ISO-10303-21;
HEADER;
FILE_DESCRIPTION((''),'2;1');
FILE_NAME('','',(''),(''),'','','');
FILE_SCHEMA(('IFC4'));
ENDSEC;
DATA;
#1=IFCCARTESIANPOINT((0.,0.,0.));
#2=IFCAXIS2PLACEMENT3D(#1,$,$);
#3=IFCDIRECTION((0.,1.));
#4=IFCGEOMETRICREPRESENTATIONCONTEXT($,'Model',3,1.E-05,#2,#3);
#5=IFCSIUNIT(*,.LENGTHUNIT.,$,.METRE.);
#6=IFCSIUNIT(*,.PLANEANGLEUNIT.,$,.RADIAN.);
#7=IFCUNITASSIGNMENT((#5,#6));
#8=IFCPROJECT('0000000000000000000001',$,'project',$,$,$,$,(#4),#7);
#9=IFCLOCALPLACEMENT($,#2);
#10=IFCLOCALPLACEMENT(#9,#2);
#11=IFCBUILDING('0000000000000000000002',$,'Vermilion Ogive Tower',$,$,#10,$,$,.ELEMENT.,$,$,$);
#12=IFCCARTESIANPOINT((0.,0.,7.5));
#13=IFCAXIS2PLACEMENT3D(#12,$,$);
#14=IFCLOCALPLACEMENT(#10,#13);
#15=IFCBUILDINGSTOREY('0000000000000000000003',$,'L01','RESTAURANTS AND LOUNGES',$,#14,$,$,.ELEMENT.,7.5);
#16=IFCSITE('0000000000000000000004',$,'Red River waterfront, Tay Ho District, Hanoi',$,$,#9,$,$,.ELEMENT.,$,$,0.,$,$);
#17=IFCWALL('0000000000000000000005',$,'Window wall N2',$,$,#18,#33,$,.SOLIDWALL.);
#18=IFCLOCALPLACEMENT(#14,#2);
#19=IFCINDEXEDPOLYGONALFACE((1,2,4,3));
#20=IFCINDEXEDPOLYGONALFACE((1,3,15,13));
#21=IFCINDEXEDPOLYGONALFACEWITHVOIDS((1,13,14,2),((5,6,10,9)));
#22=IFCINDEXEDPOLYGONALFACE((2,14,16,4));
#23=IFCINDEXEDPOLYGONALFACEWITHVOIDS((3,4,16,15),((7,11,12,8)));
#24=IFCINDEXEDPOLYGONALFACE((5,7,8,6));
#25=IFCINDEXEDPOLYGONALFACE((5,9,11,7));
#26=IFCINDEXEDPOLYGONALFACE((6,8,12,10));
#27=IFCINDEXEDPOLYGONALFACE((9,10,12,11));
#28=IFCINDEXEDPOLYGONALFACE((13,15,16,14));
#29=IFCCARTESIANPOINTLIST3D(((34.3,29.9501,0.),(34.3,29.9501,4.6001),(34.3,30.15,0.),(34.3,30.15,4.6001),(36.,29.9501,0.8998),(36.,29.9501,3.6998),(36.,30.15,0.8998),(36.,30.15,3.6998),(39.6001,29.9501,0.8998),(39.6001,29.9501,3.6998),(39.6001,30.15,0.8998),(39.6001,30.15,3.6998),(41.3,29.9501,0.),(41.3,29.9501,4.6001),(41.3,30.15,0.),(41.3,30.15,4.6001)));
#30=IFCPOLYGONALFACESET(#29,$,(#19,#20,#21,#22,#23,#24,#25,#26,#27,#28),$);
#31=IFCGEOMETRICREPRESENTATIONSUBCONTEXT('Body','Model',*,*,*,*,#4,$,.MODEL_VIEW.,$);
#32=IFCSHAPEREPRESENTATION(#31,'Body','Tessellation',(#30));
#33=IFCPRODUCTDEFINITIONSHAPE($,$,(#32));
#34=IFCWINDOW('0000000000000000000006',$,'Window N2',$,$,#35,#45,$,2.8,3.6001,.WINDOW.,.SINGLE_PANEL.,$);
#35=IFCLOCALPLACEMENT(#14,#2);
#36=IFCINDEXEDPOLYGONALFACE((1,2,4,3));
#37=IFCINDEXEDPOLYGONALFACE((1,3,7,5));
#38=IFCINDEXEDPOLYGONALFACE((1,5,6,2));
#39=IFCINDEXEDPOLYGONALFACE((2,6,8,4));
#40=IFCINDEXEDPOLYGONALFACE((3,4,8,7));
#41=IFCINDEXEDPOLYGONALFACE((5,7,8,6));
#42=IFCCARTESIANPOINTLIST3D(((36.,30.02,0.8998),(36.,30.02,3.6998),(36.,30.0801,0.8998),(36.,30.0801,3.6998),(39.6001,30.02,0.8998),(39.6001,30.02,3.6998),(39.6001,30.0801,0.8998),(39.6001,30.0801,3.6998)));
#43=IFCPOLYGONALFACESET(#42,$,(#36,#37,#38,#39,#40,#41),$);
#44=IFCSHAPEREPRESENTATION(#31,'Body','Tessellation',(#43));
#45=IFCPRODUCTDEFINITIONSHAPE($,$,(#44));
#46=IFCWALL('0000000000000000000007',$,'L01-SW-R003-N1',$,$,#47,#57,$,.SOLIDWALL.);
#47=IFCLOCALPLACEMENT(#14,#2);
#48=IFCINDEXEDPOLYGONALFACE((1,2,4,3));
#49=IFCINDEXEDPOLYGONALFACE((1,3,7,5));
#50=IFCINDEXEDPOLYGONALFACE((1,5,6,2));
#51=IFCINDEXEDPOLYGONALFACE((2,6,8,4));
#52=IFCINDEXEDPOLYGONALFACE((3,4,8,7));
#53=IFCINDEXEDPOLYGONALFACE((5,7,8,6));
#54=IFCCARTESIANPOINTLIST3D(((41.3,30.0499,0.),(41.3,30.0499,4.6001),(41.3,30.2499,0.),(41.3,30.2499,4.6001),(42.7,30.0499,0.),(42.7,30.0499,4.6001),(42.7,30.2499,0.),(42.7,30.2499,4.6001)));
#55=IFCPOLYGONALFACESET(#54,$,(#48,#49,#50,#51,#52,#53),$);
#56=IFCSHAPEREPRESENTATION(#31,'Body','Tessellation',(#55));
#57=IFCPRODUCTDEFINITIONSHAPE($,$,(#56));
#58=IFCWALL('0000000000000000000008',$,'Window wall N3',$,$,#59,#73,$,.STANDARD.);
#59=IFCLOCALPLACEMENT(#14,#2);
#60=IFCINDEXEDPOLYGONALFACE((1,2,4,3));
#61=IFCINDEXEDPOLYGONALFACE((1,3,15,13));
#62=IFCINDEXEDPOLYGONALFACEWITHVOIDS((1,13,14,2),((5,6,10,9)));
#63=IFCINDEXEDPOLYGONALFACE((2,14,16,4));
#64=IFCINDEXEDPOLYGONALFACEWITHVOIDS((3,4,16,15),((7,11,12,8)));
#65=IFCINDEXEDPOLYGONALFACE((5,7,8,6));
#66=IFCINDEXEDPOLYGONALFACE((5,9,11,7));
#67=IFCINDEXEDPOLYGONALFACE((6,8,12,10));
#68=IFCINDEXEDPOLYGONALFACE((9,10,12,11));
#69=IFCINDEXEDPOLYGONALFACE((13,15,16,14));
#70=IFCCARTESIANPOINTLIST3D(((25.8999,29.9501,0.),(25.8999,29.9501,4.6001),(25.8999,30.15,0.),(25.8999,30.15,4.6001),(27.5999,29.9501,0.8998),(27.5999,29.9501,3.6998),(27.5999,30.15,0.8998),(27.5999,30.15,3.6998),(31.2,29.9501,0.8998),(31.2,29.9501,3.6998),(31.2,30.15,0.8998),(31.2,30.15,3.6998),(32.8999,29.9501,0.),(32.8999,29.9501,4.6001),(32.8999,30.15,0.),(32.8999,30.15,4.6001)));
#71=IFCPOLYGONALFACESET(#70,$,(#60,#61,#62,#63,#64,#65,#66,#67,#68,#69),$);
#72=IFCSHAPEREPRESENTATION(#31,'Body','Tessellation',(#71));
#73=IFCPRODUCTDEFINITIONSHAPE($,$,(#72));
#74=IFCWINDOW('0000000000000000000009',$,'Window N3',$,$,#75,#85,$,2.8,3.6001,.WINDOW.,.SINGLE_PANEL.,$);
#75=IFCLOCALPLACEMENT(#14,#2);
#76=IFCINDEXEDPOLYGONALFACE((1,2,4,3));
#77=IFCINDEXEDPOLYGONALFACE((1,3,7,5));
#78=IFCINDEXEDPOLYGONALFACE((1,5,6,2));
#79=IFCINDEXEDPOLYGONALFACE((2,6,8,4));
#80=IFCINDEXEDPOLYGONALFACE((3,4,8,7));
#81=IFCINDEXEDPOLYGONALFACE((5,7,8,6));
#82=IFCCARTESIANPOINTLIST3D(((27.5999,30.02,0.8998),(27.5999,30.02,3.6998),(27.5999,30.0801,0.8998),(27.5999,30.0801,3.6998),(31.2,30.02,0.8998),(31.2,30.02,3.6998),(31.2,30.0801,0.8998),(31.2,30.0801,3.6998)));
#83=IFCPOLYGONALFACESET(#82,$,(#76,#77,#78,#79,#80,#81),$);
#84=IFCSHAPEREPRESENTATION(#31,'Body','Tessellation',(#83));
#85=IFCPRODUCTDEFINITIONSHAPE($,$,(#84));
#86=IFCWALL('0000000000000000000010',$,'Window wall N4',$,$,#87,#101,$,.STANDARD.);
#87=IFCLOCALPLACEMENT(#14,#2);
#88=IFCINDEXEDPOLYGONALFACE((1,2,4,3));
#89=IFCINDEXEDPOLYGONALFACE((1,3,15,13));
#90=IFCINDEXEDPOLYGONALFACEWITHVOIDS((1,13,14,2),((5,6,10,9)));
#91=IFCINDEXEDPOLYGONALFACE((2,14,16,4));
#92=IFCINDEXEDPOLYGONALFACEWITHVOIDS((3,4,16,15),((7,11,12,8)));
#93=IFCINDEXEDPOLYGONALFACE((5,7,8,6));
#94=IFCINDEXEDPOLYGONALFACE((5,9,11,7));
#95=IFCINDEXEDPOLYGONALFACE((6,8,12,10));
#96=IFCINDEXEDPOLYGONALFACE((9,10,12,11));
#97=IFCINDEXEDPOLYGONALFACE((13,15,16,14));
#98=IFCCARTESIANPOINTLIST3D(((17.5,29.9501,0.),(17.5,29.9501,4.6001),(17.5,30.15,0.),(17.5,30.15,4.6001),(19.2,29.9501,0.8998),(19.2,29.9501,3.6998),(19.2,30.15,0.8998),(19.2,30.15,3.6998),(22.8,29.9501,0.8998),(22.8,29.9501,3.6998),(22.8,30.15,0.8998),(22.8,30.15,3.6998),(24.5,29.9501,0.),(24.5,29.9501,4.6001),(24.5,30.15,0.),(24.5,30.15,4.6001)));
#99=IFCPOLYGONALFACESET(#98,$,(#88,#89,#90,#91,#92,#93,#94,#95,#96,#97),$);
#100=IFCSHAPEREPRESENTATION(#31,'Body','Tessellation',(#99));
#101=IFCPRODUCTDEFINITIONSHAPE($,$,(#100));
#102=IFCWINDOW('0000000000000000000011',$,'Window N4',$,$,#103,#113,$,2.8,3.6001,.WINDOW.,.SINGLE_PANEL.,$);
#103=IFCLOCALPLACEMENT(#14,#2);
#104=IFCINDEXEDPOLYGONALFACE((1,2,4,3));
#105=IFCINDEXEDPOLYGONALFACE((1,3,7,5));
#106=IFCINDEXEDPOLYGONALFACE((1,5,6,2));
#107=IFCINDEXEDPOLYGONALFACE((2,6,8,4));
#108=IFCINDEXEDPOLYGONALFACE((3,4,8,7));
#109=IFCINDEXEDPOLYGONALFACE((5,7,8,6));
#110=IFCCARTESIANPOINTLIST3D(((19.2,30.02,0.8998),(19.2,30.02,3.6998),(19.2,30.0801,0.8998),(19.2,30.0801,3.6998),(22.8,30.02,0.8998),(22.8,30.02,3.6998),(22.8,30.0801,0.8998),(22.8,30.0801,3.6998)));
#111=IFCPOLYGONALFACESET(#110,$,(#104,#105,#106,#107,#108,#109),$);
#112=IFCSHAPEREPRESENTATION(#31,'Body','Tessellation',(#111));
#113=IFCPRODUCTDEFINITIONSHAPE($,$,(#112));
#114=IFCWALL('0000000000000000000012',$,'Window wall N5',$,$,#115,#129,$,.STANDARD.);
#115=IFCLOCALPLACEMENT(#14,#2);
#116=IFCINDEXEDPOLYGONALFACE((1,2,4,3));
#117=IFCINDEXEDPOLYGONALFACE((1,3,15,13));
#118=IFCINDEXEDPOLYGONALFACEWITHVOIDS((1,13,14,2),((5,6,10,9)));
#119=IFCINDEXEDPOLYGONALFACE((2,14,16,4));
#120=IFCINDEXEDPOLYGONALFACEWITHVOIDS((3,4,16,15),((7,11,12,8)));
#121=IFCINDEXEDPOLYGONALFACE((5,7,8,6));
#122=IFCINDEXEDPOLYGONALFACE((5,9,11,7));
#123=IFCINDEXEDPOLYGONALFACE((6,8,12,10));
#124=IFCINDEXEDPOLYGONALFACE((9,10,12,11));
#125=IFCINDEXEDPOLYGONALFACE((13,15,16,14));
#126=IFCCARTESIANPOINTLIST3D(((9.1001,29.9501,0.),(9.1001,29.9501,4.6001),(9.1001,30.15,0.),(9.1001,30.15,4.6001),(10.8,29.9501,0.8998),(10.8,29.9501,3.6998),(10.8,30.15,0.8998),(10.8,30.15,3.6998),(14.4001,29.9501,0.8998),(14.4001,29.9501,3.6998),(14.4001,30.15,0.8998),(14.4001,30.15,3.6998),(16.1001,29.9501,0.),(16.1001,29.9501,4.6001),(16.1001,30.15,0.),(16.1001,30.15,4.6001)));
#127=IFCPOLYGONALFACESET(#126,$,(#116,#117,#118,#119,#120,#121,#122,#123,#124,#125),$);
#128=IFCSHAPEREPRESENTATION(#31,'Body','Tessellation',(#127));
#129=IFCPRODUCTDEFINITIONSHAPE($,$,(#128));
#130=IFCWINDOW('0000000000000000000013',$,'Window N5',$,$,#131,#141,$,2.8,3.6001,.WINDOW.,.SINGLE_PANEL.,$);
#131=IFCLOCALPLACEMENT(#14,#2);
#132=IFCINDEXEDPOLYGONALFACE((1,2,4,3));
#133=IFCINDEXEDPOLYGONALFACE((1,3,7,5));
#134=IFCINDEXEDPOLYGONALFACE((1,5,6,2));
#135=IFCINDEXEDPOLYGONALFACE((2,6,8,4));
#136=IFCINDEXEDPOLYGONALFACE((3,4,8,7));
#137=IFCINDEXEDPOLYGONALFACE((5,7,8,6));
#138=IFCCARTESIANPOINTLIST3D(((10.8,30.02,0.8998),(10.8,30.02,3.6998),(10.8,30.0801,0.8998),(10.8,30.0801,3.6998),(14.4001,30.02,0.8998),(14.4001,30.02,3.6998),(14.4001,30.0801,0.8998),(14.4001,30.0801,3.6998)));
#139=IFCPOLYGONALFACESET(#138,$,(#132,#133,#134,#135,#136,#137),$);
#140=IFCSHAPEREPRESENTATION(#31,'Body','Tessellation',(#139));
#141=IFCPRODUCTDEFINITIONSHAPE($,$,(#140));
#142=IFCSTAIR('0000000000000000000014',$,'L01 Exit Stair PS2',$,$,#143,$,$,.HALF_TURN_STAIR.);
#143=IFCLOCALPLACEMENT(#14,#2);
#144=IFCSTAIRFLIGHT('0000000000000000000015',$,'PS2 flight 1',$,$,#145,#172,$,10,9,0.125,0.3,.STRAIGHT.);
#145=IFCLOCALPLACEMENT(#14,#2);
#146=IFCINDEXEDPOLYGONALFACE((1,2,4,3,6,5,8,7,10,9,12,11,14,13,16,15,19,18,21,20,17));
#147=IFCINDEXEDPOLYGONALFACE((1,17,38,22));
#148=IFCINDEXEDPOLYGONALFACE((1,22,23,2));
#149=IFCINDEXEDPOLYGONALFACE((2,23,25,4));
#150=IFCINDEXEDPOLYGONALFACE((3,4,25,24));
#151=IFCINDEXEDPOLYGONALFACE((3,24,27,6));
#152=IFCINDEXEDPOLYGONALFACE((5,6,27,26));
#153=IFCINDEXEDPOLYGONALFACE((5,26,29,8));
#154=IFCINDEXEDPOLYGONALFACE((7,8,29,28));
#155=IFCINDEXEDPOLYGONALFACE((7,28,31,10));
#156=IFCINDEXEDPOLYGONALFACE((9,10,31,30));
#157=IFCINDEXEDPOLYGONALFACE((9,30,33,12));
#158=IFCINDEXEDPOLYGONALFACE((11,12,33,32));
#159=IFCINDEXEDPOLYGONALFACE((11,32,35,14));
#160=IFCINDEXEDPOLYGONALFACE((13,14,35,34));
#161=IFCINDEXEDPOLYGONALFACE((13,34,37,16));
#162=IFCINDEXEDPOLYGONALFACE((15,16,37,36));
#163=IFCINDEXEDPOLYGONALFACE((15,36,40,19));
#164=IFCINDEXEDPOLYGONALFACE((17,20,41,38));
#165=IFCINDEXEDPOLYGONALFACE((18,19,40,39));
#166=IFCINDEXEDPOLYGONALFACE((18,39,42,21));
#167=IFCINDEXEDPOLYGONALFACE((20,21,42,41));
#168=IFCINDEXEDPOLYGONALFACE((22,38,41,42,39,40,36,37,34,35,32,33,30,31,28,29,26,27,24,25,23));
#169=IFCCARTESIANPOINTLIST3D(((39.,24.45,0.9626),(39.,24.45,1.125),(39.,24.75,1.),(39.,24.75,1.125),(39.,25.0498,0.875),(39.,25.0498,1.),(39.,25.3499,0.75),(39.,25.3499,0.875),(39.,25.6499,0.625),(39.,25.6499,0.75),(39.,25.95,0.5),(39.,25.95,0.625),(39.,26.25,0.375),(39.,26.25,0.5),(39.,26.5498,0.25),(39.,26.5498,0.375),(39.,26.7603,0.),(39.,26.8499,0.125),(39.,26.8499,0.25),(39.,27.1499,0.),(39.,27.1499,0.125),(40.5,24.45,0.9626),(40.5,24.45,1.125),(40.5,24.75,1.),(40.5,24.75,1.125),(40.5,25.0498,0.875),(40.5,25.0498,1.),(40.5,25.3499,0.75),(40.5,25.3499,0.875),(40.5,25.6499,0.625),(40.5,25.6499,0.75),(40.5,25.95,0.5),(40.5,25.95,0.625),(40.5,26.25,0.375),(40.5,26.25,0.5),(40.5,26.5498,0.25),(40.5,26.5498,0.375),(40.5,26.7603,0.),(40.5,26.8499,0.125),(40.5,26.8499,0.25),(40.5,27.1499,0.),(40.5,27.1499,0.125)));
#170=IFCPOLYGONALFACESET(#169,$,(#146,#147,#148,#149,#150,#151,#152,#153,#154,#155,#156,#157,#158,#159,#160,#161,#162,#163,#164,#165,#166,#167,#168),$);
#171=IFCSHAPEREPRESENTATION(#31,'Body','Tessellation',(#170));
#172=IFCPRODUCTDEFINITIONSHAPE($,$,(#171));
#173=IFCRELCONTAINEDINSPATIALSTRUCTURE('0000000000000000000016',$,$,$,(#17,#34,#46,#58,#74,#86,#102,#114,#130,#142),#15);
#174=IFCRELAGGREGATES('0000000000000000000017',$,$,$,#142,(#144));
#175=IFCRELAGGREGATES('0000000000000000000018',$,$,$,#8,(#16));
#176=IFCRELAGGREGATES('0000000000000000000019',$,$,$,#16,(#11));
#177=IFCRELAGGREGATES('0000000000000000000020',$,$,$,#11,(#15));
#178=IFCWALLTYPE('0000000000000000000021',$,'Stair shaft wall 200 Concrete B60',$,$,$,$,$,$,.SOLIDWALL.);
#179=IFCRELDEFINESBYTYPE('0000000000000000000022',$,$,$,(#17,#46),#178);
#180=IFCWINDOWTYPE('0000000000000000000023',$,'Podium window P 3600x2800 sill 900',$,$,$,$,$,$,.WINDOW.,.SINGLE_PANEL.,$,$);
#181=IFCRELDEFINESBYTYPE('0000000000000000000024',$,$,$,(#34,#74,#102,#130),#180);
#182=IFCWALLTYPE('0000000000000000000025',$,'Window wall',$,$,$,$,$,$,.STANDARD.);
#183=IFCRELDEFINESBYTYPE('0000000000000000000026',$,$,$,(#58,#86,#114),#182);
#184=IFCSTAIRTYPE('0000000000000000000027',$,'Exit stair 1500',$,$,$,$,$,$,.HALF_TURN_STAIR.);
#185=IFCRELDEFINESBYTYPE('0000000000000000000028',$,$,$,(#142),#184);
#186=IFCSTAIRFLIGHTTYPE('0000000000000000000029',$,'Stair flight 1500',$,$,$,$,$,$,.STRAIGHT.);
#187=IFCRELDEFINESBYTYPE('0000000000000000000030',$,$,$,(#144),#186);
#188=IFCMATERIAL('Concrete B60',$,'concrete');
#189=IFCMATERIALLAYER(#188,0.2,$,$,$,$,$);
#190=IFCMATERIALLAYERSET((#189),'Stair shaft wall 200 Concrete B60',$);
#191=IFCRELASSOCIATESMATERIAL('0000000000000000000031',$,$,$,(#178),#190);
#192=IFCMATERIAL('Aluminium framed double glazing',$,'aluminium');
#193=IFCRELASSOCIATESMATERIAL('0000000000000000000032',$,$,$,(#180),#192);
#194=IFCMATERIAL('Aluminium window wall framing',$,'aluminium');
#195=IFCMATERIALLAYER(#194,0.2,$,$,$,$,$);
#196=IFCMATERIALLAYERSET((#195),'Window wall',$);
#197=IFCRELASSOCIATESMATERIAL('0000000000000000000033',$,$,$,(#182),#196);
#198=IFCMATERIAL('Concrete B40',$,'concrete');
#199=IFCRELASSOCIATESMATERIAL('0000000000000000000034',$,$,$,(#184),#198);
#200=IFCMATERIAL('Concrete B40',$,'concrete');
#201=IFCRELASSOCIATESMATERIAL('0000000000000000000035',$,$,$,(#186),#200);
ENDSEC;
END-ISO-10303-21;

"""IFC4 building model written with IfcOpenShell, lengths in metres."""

from ifc_helpers import new_model, si_unit, direction, frame, frame_2d, origin, place, context, subcontext, project, spatial, polyline, rectangle, outline, extrude, material, layer, layer_set, type_object, element, fill, aggregate, save


model = new_model("IFC4")

# Units and contexts
model_context = context("Model", 3, precision=1e-05, world=origin(), true_north=direction((0.0, 1.0)))
body_context = subcontext(model_context, "Body", "Model", "MODEL_VIEW")
ifc_project = project(units=[si_unit("LENGTHUNIT", "METRE"), si_unit("PLANEANGLEUNIT", "RADIAN")], contexts=[model_context])

# Site, building, storey
site_placement = place(None, origin())
site = spatial("IfcSite", under=ifc_project, at=site_placement, Name="Red River waterfront, Tay Ho District, Hanoi", CompositionType="ELEMENT", RefElevation=0.0)
building_placement = place(site_placement, origin())
building = spatial("IfcBuilding", under=site, at=building_placement, Name="Vermilion Ogive Tower", CompositionType="ELEMENT")
storey_placement = place(building_placement, frame((0.0, 0.0, 7.5)))
storey = spatial("IfcBuildingStorey", under=building, at=storey_placement, Name="L01", Description="RESTAURANTS AND LOUNGES", CompositionType="ELEMENT", Elevation=7.5)

# Shared definitions
ifc_material_1 = material(Name="Concrete B60", Category="concrete")
ifc_layer_1 = layer(ifc_material_1, 0.2)
ifc_layer_set_1 = layer_set([ifc_layer_1], Name="Stair shaft wall 200 Concrete B60")
wall_type_1 = type_object("IfcWallType", Name="Stair shaft wall 200 Concrete B60", PredefinedType="SOLIDWALL", material=ifc_layer_set_1)

# Wall, opening, window
wall_1_placement = place(storey_placement, frame((34.3, 30.05, 0.0), z_axis=(0.0, 0.0, 1.0), x_axis=(1.0, 0.0, 0.0)))
wall_1 = element("IfcWall", 1, at=wall_1_placement, inside=storey, type_object=wall_type_1, Name="Window wall N2", PredefinedType="SOLIDWALL", context=body_context, shape_type="SweptSolid", body=[
    extrude(rectangle(XDim=7.0, YDim=0.2, at=frame_2d((3.5, 0.0))), origin(), (0.0, 0.0, 1.0), 4.6001),
])
opening_1_placement = place(wall_1_placement, frame((1.7, 0.0, 0.8999)))
opening_1 = element("IfcOpeningElement", 2, at=opening_1_placement, cuts=wall_1, PredefinedType="OPENING", context=body_context, shape_type="SweptSolid", body=[
    extrude(rectangle(XDim=3.6001, YDim=2.8, at=frame_2d((1.8, 1.3999))), frame((0.0, 0.1099, 0.0), z_axis=(0.0, -1.0, 0.0), x_axis=(1.0, 0.0, 0.0)), (0.0, 0.0, 1.0), 0.22),
])
ifc_material_2 = material(Name="Aluminium framed double glazing", Category="aluminium")
window_type = type_object("IfcWindowType", Name="Podium window P 3600x2800 sill 900", PartitioningType="SINGLE_PANEL", PredefinedType="WINDOW", material=ifc_material_2)
window_1_placement = place(opening_1_placement, origin())
window_1 = element("IfcWindow", 3, at=window_1_placement, inside=storey, type_object=window_type, Name="Window N2", OverallHeight=2.8, OverallWidth=3.6001, PartitioningType="SINGLE_PANEL", PredefinedType="WINDOW", context=body_context, shape_type="SweptSolid", body=[
    extrude(rectangle(XDim=3.6001, YDim=2.8, at=frame_2d((1.8, 1.3999))), frame((0.0, 0.03, 0.0), z_axis=(0.0, -1.0, 0.0), x_axis=(1.0, 0.0, 0.0)), (0.0, 0.0, 1.0), 0.0601),
])
fill(opening_1, window_1)

# Wall
wall_2_placement = place(storey_placement, frame((41.3, 30.1499, 0.0), z_axis=(0.0, 0.0, 1.0), x_axis=(1.0, 0.0, 0.0)))
element("IfcWall", 4, at=wall_2_placement, inside=storey, type_object=wall_type_1, Name="L01-SW-R003-N1", PredefinedType="SOLIDWALL", context=body_context, shape_type="SweptSolid", body=[
    extrude(rectangle(XDim=1.3999, YDim=0.2, at=frame_2d((0.7, 0.0))), origin(), (0.0, 0.0, 1.0), 4.6001),
])

# Walls, openings, windows
ifc_material_3 = material(Name="Aluminium window wall framing", Category="aluminium")
ifc_layer_2 = layer(ifc_material_3, 0.2)
ifc_layer_set_2 = layer_set([ifc_layer_2], Name="Window wall")
wall_type_2 = type_object("IfcWallType", Name="Window wall", PredefinedType="STANDARD", material=ifc_layer_set_2)
wall_3_placement = place(storey_placement, frame((32.8999, 30.05, 0.0), z_axis=(0.0, 0.0, 1.0), x_axis=(-1.0, 0.0, 0.0)))
wall_3 = element("IfcWall", 5, at=wall_3_placement, inside=storey, type_object=wall_type_2, Name="Window wall N3", PredefinedType="STANDARD", context=body_context, shape_type="SweptSolid", body=[
    extrude(rectangle(XDim=7.0, YDim=0.2, at=frame_2d((3.5, 0.0))), origin(), (0.0, 0.0, 1.0), 4.6001),
])
opening_2_placement = place(wall_3_placement, frame((1.7, 0.0, 0.8999)))
opening_2 = element("IfcOpeningElement", 6, at=opening_2_placement, cuts=wall_3, PredefinedType="OPENING", context=body_context, shape_type="SweptSolid", body=[
    extrude(rectangle(XDim=3.6001, YDim=2.8, at=frame_2d((1.8, 1.3999))), frame((0.0, 0.1099, 0.0), z_axis=(0.0, -1.0, 0.0), x_axis=(1.0, 0.0, 0.0)), (0.0, 0.0, 1.0), 0.22),
])
window_2_placement = place(opening_2_placement, origin())
window_2 = element("IfcWindow", 7, at=window_2_placement, inside=storey, type_object=window_type, Name="Window N3", OverallHeight=2.8, OverallWidth=3.6001, PartitioningType="SINGLE_PANEL", PredefinedType="WINDOW", context=body_context, shape_type="SweptSolid", body=[
    extrude(rectangle(XDim=3.6001, YDim=2.8, at=frame_2d((1.8, 1.3999))), frame((0.0, 0.03, 0.0), z_axis=(0.0, -1.0, 0.0), x_axis=(1.0, 0.0, 0.0)), (0.0, 0.0, 1.0), 0.0601),
])
fill(opening_2, window_2)
wall_4_placement = place(storey_placement, frame((24.5, 30.05, 0.0), z_axis=(0.0, 0.0, 1.0), x_axis=(-1.0, 0.0, 0.0)))
wall_4 = element("IfcWall", 8, at=wall_4_placement, inside=storey, type_object=wall_type_2, Name="Window wall N4", PredefinedType="STANDARD", context=body_context, shape_type="SweptSolid", body=[
    extrude(rectangle(XDim=7.0, YDim=0.2, at=frame_2d((3.5, 0.0))), origin(), (0.0, 0.0, 1.0), 4.6001),
])
opening_3_placement = place(wall_4_placement, frame((1.7, 0.0, 0.8999)))
opening_3 = element("IfcOpeningElement", 9, at=opening_3_placement, cuts=wall_4, PredefinedType="OPENING", context=body_context, shape_type="SweptSolid", body=[
    extrude(rectangle(XDim=3.6001, YDim=2.8, at=frame_2d((1.8, 1.3999))), frame((0.0, 0.1099, 0.0), z_axis=(0.0, -1.0, 0.0), x_axis=(1.0, 0.0, 0.0)), (0.0, 0.0, 1.0), 0.22),
])
window_3_placement = place(opening_3_placement, origin())
window_3 = element("IfcWindow", 10, at=window_3_placement, inside=storey, type_object=window_type, Name="Window N4", OverallHeight=2.8, OverallWidth=3.6001, PartitioningType="SINGLE_PANEL", PredefinedType="WINDOW", context=body_context, shape_type="SweptSolid", body=[
    extrude(rectangle(XDim=3.6001, YDim=2.8, at=frame_2d((1.8, 1.3999))), frame((0.0, 0.03, 0.0), z_axis=(0.0, -1.0, 0.0), x_axis=(1.0, 0.0, 0.0)), (0.0, 0.0, 1.0), 0.0601),
])
fill(opening_3, window_3)
wall_5_placement = place(storey_placement, frame((16.1001, 30.05, 0.0), z_axis=(0.0, 0.0, 1.0), x_axis=(-1.0, 0.0, 0.0)))
wall_5 = element("IfcWall", 11, at=wall_5_placement, inside=storey, type_object=wall_type_2, Name="Window wall N5", PredefinedType="STANDARD", context=body_context, shape_type="SweptSolid", body=[
    extrude(rectangle(XDim=7.0, YDim=0.2, at=frame_2d((3.5, 0.0))), origin(), (0.0, 0.0, 1.0), 4.6001),
])
opening_4_placement = place(wall_5_placement, frame((1.7, 0.0, 0.8999)))
opening_4 = element("IfcOpeningElement", 12, at=opening_4_placement, cuts=wall_5, PredefinedType="OPENING", context=body_context, shape_type="SweptSolid", body=[
    extrude(rectangle(XDim=3.6001, YDim=2.8, at=frame_2d((1.8, 1.3999))), frame((0.0, 0.1099, 0.0), z_axis=(0.0, -1.0, 0.0), x_axis=(1.0, 0.0, 0.0)), (0.0, 0.0, 1.0), 0.22),
])
window_4_placement = place(opening_4_placement, origin())
window_4 = element("IfcWindow", 13, at=window_4_placement, inside=storey, type_object=window_type, Name="Window N5", OverallHeight=2.8, OverallWidth=3.6001, PartitioningType="SINGLE_PANEL", PredefinedType="WINDOW", context=body_context, shape_type="SweptSolid", body=[
    extrude(rectangle(XDim=3.6001, YDim=2.8, at=frame_2d((1.8, 1.3999))), frame((0.0, 0.03, 0.0), z_axis=(0.0, -1.0, 0.0), x_axis=(1.0, 0.0, 0.0)), (0.0, 0.0, 1.0), 0.0601),
])
fill(opening_4, window_4)

# Stair, stair flight
ifc_material_4 = material(Name="Concrete B40", Category="concrete")
stair_type = type_object("IfcStairType", Name="Exit stair 1500", PredefinedType="HALF_TURN_STAIR", material=ifc_material_4)
stair_placement = place(storey_placement, origin())
stair = element("IfcStair", 14, at=stair_placement, inside=storey, type_object=stair_type, Name="L01 Exit Stair PS2", PredefinedType="HALF_TURN_STAIR")
ifc_material_5 = material(Name="Concrete B40", Category="concrete")
stair_flight_type = type_object("IfcStairFlightType", Name="Stair flight 1500", PredefinedType="STRAIGHT", material=ifc_material_5)
stair_flight_1_placement = place(storey_placement, frame((39.75, 27.1499, 0.0), z_axis=(0.0, 0.0, 1.0), x_axis=(0.0, -1.0, 0.0)))
stair_flight_1 = element("IfcStairFlight", 15, at=stair_flight_1_placement, type_object=stair_flight_type, Name="PS2 flight 1", NumberOfRisers=10, NumberOfTreads=9, PredefinedType="STRAIGHT", RiserHeight=0.125, TreadLength=0.3, context=body_context, shape_type="SweptSolid", body=[
    extrude(outline(polyline([(0.0, 0.0), (0.0, 0.125), (0.3, 0.125), (0.3, 0.25), (0.6001, 0.25), (0.6001, 0.375), (0.8999, 0.375), (0.8999, 0.5), (1.2, 0.5), (1.2, 0.625), (1.5, 0.625), (1.5, 0.75), (1.8, 0.75), (1.8, 0.875), (2.1001, 0.875), (2.1001, 1.0), (2.3999, 1.0), (2.3999, 1.125), (2.7, 1.125), (2.7, 1.25), (2.7, 0.9626), (0.3896, 0.0), (0.0, 0.0)])), frame((0.0, 0.75, 0.0), z_axis=(0.0, -1.0, 0.0), x_axis=(1.0, 0.0, 0.0)), (0.0, 0.0, 1.0), 1.5),
])
aggregate(stair, [stair_flight_1])

save(model, "model.ifc")
